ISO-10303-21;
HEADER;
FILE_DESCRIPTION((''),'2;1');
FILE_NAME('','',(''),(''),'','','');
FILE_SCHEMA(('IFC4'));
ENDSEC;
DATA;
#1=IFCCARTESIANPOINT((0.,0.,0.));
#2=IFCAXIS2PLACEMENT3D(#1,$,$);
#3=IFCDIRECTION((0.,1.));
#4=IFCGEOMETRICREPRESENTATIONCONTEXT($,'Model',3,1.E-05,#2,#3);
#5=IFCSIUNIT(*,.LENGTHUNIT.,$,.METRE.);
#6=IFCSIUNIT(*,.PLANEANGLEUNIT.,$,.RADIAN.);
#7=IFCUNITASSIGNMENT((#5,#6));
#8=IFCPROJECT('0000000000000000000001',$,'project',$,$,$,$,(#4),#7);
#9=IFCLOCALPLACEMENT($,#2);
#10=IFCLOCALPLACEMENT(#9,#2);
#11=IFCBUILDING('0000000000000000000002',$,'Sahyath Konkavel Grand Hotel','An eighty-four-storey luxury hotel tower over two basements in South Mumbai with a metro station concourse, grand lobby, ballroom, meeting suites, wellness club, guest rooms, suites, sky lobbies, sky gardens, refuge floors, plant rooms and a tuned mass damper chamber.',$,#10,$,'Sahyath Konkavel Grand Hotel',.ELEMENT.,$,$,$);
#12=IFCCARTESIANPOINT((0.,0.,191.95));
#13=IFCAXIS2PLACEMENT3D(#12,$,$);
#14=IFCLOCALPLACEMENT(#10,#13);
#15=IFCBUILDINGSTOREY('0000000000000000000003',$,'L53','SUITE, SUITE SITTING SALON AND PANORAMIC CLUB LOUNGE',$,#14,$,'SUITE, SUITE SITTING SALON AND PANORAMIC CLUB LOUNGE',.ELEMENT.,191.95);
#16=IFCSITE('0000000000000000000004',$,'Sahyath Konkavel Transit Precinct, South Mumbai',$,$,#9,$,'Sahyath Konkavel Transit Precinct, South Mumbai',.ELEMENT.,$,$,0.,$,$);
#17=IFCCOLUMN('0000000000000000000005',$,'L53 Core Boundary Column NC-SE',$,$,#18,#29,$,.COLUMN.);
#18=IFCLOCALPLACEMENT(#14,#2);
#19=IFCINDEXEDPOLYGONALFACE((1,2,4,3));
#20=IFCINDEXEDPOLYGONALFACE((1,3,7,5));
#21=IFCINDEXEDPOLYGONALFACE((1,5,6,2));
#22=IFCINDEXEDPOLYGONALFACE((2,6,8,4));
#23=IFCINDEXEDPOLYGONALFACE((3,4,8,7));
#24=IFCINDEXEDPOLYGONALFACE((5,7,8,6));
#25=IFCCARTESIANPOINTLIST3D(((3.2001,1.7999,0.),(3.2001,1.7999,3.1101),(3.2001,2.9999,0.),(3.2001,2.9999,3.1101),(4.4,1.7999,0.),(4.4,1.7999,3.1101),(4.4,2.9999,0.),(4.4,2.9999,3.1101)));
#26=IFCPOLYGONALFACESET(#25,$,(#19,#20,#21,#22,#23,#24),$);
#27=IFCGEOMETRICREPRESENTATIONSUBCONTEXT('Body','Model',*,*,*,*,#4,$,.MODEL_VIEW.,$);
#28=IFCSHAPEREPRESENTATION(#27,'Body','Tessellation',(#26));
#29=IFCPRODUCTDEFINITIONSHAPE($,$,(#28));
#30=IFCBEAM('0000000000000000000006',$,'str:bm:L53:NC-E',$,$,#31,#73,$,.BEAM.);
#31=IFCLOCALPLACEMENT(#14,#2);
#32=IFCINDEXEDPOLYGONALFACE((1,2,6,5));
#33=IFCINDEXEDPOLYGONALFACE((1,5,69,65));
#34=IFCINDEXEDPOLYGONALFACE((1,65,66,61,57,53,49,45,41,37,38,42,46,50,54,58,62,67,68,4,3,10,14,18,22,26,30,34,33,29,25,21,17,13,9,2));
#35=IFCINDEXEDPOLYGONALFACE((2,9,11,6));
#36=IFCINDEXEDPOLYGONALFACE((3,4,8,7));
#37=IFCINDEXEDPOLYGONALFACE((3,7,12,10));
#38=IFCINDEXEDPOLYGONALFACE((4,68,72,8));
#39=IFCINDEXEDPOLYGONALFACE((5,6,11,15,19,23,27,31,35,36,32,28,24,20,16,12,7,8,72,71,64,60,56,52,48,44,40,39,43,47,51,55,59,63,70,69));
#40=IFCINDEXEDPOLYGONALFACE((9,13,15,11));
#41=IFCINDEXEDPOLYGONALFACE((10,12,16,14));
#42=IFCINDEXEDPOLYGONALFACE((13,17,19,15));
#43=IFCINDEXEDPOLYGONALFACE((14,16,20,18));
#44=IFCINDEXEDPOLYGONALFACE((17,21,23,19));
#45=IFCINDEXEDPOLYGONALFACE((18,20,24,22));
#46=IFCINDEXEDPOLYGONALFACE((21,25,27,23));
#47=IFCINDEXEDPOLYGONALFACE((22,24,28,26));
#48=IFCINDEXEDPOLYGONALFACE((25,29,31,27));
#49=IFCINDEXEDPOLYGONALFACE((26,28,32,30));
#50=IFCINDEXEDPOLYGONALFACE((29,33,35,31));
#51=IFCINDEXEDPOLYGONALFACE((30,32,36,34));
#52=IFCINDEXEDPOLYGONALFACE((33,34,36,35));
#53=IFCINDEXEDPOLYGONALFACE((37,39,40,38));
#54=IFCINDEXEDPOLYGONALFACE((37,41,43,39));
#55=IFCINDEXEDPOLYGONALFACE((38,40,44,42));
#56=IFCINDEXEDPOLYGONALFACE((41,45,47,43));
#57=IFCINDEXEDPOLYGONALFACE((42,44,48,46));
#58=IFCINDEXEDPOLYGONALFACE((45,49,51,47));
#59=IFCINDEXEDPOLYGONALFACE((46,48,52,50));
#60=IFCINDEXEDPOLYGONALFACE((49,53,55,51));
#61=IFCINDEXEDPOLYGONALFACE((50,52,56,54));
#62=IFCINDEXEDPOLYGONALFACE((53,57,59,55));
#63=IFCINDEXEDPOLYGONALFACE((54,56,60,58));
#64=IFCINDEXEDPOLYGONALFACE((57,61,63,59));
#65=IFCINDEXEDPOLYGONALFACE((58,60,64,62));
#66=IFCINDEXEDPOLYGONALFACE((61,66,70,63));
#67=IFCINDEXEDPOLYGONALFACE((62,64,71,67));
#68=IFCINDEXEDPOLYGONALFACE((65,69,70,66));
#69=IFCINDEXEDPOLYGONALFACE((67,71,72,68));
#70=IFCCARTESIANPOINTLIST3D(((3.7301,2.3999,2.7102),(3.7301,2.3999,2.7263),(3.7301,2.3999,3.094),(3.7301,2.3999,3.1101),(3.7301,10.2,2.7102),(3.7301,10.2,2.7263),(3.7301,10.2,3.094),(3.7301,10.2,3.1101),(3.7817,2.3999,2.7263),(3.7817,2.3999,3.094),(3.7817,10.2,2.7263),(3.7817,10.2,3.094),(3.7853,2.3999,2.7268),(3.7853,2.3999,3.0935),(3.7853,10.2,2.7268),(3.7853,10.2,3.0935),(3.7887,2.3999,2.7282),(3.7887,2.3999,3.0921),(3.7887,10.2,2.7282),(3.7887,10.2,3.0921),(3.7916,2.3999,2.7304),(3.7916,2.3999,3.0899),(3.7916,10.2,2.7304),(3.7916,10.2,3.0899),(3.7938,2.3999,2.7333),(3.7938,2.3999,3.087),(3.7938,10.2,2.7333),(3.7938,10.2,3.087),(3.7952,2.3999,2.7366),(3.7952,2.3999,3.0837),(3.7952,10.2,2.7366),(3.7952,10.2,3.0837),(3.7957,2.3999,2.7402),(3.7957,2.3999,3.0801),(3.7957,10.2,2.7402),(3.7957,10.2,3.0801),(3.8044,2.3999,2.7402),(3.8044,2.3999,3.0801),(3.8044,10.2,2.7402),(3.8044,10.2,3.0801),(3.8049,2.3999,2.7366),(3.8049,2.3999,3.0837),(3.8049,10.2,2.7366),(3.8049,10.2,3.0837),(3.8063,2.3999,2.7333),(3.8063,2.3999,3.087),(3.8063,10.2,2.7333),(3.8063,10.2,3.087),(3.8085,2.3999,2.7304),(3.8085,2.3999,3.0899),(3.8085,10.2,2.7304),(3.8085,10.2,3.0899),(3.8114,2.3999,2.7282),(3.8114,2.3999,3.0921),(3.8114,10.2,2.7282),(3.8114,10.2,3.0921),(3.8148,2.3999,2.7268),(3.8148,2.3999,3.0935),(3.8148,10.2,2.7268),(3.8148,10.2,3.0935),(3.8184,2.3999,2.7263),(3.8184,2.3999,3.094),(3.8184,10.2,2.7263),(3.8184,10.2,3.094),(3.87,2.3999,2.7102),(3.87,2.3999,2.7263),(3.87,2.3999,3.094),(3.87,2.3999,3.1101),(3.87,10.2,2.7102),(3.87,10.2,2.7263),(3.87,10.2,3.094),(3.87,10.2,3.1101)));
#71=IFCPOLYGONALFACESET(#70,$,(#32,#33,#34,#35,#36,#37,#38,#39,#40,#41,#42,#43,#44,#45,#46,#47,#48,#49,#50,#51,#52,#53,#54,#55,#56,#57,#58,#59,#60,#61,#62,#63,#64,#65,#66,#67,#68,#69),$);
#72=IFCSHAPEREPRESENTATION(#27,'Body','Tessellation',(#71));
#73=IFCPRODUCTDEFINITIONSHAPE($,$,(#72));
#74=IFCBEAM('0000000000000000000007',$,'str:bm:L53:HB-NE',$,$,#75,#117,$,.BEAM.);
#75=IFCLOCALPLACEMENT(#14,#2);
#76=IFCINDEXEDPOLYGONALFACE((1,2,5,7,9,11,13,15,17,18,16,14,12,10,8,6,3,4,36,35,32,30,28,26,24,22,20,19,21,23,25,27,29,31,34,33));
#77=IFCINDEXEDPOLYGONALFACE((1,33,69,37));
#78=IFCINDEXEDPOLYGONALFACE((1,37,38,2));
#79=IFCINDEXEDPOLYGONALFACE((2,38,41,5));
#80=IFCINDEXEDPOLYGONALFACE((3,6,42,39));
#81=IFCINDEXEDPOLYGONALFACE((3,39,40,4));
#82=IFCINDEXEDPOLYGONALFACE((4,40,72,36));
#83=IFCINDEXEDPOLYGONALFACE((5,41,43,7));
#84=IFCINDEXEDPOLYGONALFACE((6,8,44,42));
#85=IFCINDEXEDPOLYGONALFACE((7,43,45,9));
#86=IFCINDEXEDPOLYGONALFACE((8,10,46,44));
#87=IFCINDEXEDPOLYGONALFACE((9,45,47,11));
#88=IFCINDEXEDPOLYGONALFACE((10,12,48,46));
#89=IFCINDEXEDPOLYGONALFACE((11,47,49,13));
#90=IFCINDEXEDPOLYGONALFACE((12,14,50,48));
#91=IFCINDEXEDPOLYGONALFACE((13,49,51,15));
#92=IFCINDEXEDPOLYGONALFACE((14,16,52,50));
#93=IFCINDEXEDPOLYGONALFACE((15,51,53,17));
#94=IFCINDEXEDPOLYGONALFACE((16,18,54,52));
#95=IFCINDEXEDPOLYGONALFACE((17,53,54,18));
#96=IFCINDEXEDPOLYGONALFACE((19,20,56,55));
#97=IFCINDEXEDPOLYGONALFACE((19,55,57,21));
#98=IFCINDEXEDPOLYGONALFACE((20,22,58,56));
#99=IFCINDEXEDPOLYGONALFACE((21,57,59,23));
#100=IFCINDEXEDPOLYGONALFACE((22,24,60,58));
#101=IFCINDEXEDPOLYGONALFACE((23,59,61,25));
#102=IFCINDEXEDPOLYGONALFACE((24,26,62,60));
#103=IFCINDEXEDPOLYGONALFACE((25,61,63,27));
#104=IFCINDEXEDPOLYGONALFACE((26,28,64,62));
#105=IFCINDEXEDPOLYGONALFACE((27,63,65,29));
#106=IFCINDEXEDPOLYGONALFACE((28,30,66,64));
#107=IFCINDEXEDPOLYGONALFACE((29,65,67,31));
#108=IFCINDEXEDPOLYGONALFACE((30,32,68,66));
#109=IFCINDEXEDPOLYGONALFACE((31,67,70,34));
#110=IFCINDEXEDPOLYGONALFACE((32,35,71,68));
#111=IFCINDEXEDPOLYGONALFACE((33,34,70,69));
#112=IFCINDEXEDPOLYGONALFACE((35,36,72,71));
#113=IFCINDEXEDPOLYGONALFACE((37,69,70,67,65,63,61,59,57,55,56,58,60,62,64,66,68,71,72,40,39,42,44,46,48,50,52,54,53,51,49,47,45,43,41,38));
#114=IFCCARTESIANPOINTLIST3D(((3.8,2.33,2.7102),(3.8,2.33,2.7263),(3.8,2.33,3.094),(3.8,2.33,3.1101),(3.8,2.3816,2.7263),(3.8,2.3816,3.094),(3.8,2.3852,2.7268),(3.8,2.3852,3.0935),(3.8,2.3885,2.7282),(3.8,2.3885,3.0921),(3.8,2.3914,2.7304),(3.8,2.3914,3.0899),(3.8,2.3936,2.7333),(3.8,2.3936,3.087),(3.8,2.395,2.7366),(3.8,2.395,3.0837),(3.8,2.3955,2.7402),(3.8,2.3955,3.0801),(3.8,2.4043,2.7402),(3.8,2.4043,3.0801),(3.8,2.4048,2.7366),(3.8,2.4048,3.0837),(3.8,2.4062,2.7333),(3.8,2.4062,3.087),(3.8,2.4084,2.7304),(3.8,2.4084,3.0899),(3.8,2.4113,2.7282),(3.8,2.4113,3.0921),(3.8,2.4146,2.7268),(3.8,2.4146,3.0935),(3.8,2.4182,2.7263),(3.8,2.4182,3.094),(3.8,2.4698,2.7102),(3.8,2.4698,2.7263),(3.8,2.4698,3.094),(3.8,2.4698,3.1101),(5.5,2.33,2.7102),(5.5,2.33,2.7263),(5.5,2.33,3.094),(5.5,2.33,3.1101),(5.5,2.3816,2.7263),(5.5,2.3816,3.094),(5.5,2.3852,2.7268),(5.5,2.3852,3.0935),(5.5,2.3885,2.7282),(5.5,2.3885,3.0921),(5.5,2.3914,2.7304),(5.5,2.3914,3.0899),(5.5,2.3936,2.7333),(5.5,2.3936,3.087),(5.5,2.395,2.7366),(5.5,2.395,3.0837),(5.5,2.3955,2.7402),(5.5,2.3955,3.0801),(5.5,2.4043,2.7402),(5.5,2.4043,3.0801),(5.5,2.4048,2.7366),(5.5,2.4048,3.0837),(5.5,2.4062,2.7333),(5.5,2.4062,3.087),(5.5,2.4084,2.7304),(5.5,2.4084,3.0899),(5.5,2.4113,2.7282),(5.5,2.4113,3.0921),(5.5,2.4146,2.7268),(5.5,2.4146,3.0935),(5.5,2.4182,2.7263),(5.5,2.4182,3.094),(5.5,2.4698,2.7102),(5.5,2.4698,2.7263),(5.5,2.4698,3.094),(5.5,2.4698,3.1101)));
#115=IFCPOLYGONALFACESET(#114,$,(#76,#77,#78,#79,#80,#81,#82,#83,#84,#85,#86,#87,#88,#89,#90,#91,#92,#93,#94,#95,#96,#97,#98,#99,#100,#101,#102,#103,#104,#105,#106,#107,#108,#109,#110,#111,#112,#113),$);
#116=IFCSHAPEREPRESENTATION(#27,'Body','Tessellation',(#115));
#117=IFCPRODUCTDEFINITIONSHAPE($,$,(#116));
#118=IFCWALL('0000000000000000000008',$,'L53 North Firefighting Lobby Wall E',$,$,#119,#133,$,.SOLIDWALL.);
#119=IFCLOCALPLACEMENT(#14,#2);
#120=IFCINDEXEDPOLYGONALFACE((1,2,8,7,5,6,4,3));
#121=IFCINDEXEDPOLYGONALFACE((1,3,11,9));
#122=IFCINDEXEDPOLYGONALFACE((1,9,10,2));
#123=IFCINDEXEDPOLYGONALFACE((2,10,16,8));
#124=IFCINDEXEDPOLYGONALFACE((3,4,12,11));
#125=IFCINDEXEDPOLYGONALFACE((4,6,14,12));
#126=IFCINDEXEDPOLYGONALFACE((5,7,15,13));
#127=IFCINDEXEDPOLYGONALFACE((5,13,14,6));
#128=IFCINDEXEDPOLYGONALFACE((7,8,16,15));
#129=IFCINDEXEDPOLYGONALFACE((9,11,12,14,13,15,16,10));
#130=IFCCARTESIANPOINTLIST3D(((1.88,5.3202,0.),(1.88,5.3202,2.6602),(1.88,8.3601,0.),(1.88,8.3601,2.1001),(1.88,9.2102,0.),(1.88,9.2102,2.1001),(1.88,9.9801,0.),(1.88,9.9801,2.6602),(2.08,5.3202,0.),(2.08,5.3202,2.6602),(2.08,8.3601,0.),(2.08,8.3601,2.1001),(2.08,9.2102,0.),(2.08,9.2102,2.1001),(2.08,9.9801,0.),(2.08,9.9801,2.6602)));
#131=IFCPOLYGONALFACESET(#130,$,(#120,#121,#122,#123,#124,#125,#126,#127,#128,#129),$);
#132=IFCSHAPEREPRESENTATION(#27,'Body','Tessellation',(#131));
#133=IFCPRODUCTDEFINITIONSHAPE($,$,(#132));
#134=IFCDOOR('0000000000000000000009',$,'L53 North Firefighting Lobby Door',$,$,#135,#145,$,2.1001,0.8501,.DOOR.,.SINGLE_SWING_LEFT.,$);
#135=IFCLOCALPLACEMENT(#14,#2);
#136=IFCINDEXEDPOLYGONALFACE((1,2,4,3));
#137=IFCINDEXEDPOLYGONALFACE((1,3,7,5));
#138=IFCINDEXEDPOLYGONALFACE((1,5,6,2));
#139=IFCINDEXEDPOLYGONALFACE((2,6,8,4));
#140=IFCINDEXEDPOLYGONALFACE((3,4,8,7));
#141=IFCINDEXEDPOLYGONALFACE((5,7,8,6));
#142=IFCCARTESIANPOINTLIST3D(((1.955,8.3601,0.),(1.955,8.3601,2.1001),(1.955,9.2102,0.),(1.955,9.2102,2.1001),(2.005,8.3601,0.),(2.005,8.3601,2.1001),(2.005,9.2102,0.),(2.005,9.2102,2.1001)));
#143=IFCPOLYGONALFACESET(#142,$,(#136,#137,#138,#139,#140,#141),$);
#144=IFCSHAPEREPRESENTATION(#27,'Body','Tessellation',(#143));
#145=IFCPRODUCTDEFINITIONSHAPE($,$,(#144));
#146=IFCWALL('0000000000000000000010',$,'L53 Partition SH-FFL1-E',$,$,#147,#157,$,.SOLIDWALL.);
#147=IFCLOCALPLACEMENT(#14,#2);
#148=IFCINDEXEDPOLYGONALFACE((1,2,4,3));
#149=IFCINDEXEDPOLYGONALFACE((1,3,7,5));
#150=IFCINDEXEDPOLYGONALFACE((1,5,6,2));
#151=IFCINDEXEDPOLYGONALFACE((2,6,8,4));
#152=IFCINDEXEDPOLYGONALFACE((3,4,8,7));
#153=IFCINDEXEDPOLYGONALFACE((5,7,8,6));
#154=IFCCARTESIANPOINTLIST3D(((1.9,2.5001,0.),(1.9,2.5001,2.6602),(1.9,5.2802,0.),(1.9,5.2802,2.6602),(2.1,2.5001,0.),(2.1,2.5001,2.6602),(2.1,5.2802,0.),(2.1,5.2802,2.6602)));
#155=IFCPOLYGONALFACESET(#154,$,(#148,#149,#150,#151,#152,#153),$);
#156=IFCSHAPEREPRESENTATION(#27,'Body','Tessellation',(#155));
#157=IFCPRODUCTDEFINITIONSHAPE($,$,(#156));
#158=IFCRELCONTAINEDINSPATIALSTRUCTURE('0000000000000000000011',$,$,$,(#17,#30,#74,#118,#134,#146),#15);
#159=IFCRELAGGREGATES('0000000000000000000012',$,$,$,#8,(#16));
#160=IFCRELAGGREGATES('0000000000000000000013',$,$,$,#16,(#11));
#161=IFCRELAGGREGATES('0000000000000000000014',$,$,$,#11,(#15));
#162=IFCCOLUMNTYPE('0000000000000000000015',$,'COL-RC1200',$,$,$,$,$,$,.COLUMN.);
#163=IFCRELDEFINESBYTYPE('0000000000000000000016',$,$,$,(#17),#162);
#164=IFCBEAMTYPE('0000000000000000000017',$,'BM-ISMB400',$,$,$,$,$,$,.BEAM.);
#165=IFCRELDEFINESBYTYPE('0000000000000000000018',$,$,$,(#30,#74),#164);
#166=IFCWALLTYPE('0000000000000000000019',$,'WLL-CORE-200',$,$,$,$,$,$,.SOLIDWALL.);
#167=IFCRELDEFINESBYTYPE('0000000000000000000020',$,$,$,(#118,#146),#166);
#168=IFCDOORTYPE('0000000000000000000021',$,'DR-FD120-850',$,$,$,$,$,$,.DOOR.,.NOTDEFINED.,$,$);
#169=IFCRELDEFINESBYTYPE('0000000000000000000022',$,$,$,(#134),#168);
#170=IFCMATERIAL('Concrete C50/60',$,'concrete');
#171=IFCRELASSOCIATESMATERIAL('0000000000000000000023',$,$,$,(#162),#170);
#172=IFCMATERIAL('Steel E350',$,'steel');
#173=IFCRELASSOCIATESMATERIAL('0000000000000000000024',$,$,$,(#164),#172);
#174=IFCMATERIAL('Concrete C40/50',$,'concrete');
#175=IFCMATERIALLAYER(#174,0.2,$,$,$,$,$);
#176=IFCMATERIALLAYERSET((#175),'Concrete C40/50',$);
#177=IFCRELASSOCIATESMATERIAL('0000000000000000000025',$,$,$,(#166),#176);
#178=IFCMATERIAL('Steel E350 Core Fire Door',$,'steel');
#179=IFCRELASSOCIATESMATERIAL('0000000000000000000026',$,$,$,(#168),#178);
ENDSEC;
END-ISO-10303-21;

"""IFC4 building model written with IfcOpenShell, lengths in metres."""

from ifc_helpers import new_model, si_unit, direction, frame, frame_2d, origin, origin_2d, place, context, subcontext, project, spatial, rectangle, i_section, extrude, source, transform, mapped, material, layer, layer_set, material_profile, profile_set, type_object, element, fill, save


model = new_model("IFC4")

# Units and contexts
model_context = context("Model", 3, precision=1e-05, world=origin(), true_north=direction((0.0, 1.0)))
body_context = subcontext(model_context, "Body", "Model", "MODEL_VIEW")
ifc_project = project(units=[si_unit("LENGTHUNIT", "METRE"), si_unit("PLANEANGLEUNIT", "RADIAN")], contexts=[model_context])

# Site, building, storey
site_placement = place(None, origin())
site = spatial("IfcSite", under=ifc_project, at=site_placement, Name="Sahyath Konkavel Transit Precinct, South Mumbai", LongName="Sahyath Konkavel Transit Precinct, South Mumbai", CompositionType="ELEMENT", RefElevation=0.0)
building_placement = place(site_placement, origin())
building = spatial("IfcBuilding", under=site, at=building_placement, Name="Sahyath Konkavel Grand Hotel", Description="An eighty-four-storey luxury hotel tower over two basements in South Mumbai with a metro station concourse, grand lobby, ballroom, meeting suites, wellness club, guest rooms, suites, sky lobbies, sky gardens, refuge floors, plant rooms and a tuned mass damper chamber.", LongName="Sahyath Konkavel Grand Hotel", CompositionType="ELEMENT")
storey_placement = place(building_placement, frame((0.0, 0.0, 191.95)))
storey = spatial("IfcBuildingStorey", under=building, at=storey_placement, Name="L53", Description="SUITE, SUITE SITTING SALON AND PANORAMIC CLUB LOUNGE", LongName="SUITE, SUITE SITTING SALON AND PANORAMIC CLUB LOUNGE", CompositionType="ELEMENT", Elevation=191.95)

# Column
ifc_material_1 = material(Name="Concrete C50/60", Category="concrete")
ifc_material_profile_1 = material_profile(ifc_material_1, rectangle(XDim=1.2, YDim=1.2, at=origin_2d()), Name="RC 1200x1200")
ifc_profile_set_1 = profile_set([ifc_material_profile_1], Name="Concrete C50/60")
column_type = type_object("IfcColumnType", Name="COL-RC1200", PredefinedType="COLUMN", material=ifc_profile_set_1)
shared_shape_1 = source(origin(), body_context, "Body", "SweptSolid", [
    extrude(rectangle(XDim=1.2, YDim=1.2, at=origin_2d()), origin(), (0.0, 0.0, 1.0), 3.1101),
])
column_placement = place(storey_placement, frame((3.8, 2.3999, 0.0), z_axis=(0.0, 0.0, 1.0), x_axis=(1.0, 0.0, 0.0)))
element("IfcColumn", 1, at=column_placement, inside=storey, type_object=column_type, Name="L53 Core Boundary Column NC-SE", PredefinedType="COLUMN", context=body_context, shape_type="MappedRepresentation", body=[
    mapped(shared_shape_1, transform((0.0, 0.0, 0.0), scale=1.0)),
])

# Beams
ifc_material_2 = material(Name="Steel E350", Category="steel")
ifc_material_profile_2 = material_profile(ifc_material_2, i_section(OverallWidth=0.1399, OverallDepth=0.3999, WebThickness=0.0088, FlangeThickness=0.0161, FilletRadius=0.0139, at=origin_2d()), Name="ISMB 400")
ifc_profile_set_2 = profile_set([ifc_material_profile_2], Name="Steel E350")
beam_type = type_object("IfcBeamType", Name="BM-ISMB400", PredefinedType="BEAM", material=ifc_profile_set_2)
shared_shape_2 = source(origin(), body_context, "Body", "SweptSolid", [
    extrude(i_section(OverallWidth=0.1399, OverallDepth=0.3999, WebThickness=0.0088, FlangeThickness=0.0161, FilletRadius=0.0139, at=origin_2d()), origin(), (0.0, 0.0, 1.0), 7.8),
])
beam_1_placement = place(storey_placement, frame((3.8, 2.3999, 2.9102), z_axis=(0.0, 1.0, 0.0), x_axis=(-1.0, 0.0, 0.0)))
element("IfcBeam", 2, at=beam_1_placement, inside=storey, type_object=beam_type, Name="str:bm:L53:NC-E", PredefinedType="BEAM", context=body_context, shape_type="MappedRepresentation", body=[
    mapped(shared_shape_2, transform((0.0, 0.0, 0.0), scale=1.0)),
])
shared_shape_3 = source(origin(), body_context, "Body", "SweptSolid", [
    extrude(i_section(OverallWidth=0.1399, OverallDepth=0.3999, WebThickness=0.0088, FlangeThickness=0.0161, FilletRadius=0.0139, at=origin_2d()), origin(), (0.0, 0.0, 1.0), 1.7),
])
beam_2_placement = place(storey_placement, frame((3.8, 2.3999, 2.9102), z_axis=(1.0, 0.0, 0.0), x_axis=(0.0, 1.0, 0.0)))
element("IfcBeam", 3, at=beam_2_placement, inside=storey, type_object=beam_type, Name="str:bm:L53:HB-NE", PredefinedType="BEAM", context=body_context, shape_type="MappedRepresentation", body=[
    mapped(shared_shape_3, transform((0.0, 0.0, 0.0), scale=1.0)),
])

# Wall, opening, door
ifc_material_3 = material(Name="Concrete C40/50", Category="concrete")
ifc_layer_1 = layer(ifc_material_3, 0.2)
ifc_layer_set_1 = layer_set([ifc_layer_1], Name="Concrete C40/50")
wall_type_1 = type_object("IfcWallType", Name="WLL-CORE-200", PredefinedType="SOLIDWALL", material=ifc_layer_set_1)
wall_1_placement = place(storey_placement, frame((1.98, 5.3201, 0.0), z_axis=(0.0, 0.0, 1.0), x_axis=(0.0, 1.0, 0.0)))
wall_1 = element("IfcWall", 4, at=wall_1_placement, inside=storey, type_object=wall_type_1, Name="L53 North Firefighting Lobby Wall E", PredefinedType="SOLIDWALL", context=body_context, shape_type="SweptSolid", body=[
    extrude(rectangle(XDim=4.6599, YDim=0.2, at=frame_2d((2.3301, 0.0))), origin(), (0.0, 0.0, 1.0), 2.6602),
])
opening_1_placement = place(wall_1_placement, frame((3.04, 0.0, 0.0)))
opening_1 = element("IfcOpeningElement", 5, at=opening_1_placement, cuts=wall_1, PredefinedType="OPENING", context=body_context, shape_type="SweptSolid", body=[
    extrude(rectangle(XDim=0.8501, YDim=2.1001, at=frame_2d((0.425, 1.05))), frame((0.0, 0.1099, 0.0), z_axis=(0.0, -1.0, 0.0), x_axis=(1.0, 0.0, 0.0)), (0.0, 0.0, 1.0), 0.22),
])
ifc_material_4 = material(Name="Steel E350 Core Fire Door", Category="steel")
door_type_1 = type_object("IfcDoorType", Name="DR-FD120-850", OperationType="NOTDEFINED", PredefinedType="DOOR", material=ifc_material_4)
shared_shape_4 = source(origin(), body_context, "Body", "SweptSolid", [
    extrude(rectangle(XDim=0.8501, YDim=0.05, at=origin_2d()), origin(), (0.0, 0.0, 1.0), 2.1001),
])
door_1_placement = place(opening_1_placement, frame((0.425, 0.0, 0.0)))
door_1 = element("IfcDoor", 6, at=door_1_placement, inside=storey, type_object=door_type_1, Name="L53 North Firefighting Lobby Door", OperationType="SINGLE_SWING_LEFT", OverallHeight=2.1001, OverallWidth=0.8501, PredefinedType="DOOR", context=body_context, shape_type="MappedRepresentation", body=[
    mapped(shared_shape_4, transform((0.0, 0.0, 0.0), scale=1.0)),
])
fill(opening_1, door_1)

# Wall
wall_2_placement = place(storey_placement, frame((2.0, 2.5, 0.0), z_axis=(0.0, 0.0, 1.0), x_axis=(0.0, 1.0, 0.0)))
element("IfcWall", 7, at=wall_2_placement, inside=storey, type_object=wall_type_1, Name="L53 Partition SH-FFL1-E", PredefinedType="SOLIDWALL", context=body_context, shape_type="SweptSolid", body=[
    extrude(rectangle(XDim=2.78, YDim=0.2, at=frame_2d((1.3901, 0.0))), origin(), (0.0, 0.0, 1.0), 2.6602),
])

save(model, "model.ifc")
